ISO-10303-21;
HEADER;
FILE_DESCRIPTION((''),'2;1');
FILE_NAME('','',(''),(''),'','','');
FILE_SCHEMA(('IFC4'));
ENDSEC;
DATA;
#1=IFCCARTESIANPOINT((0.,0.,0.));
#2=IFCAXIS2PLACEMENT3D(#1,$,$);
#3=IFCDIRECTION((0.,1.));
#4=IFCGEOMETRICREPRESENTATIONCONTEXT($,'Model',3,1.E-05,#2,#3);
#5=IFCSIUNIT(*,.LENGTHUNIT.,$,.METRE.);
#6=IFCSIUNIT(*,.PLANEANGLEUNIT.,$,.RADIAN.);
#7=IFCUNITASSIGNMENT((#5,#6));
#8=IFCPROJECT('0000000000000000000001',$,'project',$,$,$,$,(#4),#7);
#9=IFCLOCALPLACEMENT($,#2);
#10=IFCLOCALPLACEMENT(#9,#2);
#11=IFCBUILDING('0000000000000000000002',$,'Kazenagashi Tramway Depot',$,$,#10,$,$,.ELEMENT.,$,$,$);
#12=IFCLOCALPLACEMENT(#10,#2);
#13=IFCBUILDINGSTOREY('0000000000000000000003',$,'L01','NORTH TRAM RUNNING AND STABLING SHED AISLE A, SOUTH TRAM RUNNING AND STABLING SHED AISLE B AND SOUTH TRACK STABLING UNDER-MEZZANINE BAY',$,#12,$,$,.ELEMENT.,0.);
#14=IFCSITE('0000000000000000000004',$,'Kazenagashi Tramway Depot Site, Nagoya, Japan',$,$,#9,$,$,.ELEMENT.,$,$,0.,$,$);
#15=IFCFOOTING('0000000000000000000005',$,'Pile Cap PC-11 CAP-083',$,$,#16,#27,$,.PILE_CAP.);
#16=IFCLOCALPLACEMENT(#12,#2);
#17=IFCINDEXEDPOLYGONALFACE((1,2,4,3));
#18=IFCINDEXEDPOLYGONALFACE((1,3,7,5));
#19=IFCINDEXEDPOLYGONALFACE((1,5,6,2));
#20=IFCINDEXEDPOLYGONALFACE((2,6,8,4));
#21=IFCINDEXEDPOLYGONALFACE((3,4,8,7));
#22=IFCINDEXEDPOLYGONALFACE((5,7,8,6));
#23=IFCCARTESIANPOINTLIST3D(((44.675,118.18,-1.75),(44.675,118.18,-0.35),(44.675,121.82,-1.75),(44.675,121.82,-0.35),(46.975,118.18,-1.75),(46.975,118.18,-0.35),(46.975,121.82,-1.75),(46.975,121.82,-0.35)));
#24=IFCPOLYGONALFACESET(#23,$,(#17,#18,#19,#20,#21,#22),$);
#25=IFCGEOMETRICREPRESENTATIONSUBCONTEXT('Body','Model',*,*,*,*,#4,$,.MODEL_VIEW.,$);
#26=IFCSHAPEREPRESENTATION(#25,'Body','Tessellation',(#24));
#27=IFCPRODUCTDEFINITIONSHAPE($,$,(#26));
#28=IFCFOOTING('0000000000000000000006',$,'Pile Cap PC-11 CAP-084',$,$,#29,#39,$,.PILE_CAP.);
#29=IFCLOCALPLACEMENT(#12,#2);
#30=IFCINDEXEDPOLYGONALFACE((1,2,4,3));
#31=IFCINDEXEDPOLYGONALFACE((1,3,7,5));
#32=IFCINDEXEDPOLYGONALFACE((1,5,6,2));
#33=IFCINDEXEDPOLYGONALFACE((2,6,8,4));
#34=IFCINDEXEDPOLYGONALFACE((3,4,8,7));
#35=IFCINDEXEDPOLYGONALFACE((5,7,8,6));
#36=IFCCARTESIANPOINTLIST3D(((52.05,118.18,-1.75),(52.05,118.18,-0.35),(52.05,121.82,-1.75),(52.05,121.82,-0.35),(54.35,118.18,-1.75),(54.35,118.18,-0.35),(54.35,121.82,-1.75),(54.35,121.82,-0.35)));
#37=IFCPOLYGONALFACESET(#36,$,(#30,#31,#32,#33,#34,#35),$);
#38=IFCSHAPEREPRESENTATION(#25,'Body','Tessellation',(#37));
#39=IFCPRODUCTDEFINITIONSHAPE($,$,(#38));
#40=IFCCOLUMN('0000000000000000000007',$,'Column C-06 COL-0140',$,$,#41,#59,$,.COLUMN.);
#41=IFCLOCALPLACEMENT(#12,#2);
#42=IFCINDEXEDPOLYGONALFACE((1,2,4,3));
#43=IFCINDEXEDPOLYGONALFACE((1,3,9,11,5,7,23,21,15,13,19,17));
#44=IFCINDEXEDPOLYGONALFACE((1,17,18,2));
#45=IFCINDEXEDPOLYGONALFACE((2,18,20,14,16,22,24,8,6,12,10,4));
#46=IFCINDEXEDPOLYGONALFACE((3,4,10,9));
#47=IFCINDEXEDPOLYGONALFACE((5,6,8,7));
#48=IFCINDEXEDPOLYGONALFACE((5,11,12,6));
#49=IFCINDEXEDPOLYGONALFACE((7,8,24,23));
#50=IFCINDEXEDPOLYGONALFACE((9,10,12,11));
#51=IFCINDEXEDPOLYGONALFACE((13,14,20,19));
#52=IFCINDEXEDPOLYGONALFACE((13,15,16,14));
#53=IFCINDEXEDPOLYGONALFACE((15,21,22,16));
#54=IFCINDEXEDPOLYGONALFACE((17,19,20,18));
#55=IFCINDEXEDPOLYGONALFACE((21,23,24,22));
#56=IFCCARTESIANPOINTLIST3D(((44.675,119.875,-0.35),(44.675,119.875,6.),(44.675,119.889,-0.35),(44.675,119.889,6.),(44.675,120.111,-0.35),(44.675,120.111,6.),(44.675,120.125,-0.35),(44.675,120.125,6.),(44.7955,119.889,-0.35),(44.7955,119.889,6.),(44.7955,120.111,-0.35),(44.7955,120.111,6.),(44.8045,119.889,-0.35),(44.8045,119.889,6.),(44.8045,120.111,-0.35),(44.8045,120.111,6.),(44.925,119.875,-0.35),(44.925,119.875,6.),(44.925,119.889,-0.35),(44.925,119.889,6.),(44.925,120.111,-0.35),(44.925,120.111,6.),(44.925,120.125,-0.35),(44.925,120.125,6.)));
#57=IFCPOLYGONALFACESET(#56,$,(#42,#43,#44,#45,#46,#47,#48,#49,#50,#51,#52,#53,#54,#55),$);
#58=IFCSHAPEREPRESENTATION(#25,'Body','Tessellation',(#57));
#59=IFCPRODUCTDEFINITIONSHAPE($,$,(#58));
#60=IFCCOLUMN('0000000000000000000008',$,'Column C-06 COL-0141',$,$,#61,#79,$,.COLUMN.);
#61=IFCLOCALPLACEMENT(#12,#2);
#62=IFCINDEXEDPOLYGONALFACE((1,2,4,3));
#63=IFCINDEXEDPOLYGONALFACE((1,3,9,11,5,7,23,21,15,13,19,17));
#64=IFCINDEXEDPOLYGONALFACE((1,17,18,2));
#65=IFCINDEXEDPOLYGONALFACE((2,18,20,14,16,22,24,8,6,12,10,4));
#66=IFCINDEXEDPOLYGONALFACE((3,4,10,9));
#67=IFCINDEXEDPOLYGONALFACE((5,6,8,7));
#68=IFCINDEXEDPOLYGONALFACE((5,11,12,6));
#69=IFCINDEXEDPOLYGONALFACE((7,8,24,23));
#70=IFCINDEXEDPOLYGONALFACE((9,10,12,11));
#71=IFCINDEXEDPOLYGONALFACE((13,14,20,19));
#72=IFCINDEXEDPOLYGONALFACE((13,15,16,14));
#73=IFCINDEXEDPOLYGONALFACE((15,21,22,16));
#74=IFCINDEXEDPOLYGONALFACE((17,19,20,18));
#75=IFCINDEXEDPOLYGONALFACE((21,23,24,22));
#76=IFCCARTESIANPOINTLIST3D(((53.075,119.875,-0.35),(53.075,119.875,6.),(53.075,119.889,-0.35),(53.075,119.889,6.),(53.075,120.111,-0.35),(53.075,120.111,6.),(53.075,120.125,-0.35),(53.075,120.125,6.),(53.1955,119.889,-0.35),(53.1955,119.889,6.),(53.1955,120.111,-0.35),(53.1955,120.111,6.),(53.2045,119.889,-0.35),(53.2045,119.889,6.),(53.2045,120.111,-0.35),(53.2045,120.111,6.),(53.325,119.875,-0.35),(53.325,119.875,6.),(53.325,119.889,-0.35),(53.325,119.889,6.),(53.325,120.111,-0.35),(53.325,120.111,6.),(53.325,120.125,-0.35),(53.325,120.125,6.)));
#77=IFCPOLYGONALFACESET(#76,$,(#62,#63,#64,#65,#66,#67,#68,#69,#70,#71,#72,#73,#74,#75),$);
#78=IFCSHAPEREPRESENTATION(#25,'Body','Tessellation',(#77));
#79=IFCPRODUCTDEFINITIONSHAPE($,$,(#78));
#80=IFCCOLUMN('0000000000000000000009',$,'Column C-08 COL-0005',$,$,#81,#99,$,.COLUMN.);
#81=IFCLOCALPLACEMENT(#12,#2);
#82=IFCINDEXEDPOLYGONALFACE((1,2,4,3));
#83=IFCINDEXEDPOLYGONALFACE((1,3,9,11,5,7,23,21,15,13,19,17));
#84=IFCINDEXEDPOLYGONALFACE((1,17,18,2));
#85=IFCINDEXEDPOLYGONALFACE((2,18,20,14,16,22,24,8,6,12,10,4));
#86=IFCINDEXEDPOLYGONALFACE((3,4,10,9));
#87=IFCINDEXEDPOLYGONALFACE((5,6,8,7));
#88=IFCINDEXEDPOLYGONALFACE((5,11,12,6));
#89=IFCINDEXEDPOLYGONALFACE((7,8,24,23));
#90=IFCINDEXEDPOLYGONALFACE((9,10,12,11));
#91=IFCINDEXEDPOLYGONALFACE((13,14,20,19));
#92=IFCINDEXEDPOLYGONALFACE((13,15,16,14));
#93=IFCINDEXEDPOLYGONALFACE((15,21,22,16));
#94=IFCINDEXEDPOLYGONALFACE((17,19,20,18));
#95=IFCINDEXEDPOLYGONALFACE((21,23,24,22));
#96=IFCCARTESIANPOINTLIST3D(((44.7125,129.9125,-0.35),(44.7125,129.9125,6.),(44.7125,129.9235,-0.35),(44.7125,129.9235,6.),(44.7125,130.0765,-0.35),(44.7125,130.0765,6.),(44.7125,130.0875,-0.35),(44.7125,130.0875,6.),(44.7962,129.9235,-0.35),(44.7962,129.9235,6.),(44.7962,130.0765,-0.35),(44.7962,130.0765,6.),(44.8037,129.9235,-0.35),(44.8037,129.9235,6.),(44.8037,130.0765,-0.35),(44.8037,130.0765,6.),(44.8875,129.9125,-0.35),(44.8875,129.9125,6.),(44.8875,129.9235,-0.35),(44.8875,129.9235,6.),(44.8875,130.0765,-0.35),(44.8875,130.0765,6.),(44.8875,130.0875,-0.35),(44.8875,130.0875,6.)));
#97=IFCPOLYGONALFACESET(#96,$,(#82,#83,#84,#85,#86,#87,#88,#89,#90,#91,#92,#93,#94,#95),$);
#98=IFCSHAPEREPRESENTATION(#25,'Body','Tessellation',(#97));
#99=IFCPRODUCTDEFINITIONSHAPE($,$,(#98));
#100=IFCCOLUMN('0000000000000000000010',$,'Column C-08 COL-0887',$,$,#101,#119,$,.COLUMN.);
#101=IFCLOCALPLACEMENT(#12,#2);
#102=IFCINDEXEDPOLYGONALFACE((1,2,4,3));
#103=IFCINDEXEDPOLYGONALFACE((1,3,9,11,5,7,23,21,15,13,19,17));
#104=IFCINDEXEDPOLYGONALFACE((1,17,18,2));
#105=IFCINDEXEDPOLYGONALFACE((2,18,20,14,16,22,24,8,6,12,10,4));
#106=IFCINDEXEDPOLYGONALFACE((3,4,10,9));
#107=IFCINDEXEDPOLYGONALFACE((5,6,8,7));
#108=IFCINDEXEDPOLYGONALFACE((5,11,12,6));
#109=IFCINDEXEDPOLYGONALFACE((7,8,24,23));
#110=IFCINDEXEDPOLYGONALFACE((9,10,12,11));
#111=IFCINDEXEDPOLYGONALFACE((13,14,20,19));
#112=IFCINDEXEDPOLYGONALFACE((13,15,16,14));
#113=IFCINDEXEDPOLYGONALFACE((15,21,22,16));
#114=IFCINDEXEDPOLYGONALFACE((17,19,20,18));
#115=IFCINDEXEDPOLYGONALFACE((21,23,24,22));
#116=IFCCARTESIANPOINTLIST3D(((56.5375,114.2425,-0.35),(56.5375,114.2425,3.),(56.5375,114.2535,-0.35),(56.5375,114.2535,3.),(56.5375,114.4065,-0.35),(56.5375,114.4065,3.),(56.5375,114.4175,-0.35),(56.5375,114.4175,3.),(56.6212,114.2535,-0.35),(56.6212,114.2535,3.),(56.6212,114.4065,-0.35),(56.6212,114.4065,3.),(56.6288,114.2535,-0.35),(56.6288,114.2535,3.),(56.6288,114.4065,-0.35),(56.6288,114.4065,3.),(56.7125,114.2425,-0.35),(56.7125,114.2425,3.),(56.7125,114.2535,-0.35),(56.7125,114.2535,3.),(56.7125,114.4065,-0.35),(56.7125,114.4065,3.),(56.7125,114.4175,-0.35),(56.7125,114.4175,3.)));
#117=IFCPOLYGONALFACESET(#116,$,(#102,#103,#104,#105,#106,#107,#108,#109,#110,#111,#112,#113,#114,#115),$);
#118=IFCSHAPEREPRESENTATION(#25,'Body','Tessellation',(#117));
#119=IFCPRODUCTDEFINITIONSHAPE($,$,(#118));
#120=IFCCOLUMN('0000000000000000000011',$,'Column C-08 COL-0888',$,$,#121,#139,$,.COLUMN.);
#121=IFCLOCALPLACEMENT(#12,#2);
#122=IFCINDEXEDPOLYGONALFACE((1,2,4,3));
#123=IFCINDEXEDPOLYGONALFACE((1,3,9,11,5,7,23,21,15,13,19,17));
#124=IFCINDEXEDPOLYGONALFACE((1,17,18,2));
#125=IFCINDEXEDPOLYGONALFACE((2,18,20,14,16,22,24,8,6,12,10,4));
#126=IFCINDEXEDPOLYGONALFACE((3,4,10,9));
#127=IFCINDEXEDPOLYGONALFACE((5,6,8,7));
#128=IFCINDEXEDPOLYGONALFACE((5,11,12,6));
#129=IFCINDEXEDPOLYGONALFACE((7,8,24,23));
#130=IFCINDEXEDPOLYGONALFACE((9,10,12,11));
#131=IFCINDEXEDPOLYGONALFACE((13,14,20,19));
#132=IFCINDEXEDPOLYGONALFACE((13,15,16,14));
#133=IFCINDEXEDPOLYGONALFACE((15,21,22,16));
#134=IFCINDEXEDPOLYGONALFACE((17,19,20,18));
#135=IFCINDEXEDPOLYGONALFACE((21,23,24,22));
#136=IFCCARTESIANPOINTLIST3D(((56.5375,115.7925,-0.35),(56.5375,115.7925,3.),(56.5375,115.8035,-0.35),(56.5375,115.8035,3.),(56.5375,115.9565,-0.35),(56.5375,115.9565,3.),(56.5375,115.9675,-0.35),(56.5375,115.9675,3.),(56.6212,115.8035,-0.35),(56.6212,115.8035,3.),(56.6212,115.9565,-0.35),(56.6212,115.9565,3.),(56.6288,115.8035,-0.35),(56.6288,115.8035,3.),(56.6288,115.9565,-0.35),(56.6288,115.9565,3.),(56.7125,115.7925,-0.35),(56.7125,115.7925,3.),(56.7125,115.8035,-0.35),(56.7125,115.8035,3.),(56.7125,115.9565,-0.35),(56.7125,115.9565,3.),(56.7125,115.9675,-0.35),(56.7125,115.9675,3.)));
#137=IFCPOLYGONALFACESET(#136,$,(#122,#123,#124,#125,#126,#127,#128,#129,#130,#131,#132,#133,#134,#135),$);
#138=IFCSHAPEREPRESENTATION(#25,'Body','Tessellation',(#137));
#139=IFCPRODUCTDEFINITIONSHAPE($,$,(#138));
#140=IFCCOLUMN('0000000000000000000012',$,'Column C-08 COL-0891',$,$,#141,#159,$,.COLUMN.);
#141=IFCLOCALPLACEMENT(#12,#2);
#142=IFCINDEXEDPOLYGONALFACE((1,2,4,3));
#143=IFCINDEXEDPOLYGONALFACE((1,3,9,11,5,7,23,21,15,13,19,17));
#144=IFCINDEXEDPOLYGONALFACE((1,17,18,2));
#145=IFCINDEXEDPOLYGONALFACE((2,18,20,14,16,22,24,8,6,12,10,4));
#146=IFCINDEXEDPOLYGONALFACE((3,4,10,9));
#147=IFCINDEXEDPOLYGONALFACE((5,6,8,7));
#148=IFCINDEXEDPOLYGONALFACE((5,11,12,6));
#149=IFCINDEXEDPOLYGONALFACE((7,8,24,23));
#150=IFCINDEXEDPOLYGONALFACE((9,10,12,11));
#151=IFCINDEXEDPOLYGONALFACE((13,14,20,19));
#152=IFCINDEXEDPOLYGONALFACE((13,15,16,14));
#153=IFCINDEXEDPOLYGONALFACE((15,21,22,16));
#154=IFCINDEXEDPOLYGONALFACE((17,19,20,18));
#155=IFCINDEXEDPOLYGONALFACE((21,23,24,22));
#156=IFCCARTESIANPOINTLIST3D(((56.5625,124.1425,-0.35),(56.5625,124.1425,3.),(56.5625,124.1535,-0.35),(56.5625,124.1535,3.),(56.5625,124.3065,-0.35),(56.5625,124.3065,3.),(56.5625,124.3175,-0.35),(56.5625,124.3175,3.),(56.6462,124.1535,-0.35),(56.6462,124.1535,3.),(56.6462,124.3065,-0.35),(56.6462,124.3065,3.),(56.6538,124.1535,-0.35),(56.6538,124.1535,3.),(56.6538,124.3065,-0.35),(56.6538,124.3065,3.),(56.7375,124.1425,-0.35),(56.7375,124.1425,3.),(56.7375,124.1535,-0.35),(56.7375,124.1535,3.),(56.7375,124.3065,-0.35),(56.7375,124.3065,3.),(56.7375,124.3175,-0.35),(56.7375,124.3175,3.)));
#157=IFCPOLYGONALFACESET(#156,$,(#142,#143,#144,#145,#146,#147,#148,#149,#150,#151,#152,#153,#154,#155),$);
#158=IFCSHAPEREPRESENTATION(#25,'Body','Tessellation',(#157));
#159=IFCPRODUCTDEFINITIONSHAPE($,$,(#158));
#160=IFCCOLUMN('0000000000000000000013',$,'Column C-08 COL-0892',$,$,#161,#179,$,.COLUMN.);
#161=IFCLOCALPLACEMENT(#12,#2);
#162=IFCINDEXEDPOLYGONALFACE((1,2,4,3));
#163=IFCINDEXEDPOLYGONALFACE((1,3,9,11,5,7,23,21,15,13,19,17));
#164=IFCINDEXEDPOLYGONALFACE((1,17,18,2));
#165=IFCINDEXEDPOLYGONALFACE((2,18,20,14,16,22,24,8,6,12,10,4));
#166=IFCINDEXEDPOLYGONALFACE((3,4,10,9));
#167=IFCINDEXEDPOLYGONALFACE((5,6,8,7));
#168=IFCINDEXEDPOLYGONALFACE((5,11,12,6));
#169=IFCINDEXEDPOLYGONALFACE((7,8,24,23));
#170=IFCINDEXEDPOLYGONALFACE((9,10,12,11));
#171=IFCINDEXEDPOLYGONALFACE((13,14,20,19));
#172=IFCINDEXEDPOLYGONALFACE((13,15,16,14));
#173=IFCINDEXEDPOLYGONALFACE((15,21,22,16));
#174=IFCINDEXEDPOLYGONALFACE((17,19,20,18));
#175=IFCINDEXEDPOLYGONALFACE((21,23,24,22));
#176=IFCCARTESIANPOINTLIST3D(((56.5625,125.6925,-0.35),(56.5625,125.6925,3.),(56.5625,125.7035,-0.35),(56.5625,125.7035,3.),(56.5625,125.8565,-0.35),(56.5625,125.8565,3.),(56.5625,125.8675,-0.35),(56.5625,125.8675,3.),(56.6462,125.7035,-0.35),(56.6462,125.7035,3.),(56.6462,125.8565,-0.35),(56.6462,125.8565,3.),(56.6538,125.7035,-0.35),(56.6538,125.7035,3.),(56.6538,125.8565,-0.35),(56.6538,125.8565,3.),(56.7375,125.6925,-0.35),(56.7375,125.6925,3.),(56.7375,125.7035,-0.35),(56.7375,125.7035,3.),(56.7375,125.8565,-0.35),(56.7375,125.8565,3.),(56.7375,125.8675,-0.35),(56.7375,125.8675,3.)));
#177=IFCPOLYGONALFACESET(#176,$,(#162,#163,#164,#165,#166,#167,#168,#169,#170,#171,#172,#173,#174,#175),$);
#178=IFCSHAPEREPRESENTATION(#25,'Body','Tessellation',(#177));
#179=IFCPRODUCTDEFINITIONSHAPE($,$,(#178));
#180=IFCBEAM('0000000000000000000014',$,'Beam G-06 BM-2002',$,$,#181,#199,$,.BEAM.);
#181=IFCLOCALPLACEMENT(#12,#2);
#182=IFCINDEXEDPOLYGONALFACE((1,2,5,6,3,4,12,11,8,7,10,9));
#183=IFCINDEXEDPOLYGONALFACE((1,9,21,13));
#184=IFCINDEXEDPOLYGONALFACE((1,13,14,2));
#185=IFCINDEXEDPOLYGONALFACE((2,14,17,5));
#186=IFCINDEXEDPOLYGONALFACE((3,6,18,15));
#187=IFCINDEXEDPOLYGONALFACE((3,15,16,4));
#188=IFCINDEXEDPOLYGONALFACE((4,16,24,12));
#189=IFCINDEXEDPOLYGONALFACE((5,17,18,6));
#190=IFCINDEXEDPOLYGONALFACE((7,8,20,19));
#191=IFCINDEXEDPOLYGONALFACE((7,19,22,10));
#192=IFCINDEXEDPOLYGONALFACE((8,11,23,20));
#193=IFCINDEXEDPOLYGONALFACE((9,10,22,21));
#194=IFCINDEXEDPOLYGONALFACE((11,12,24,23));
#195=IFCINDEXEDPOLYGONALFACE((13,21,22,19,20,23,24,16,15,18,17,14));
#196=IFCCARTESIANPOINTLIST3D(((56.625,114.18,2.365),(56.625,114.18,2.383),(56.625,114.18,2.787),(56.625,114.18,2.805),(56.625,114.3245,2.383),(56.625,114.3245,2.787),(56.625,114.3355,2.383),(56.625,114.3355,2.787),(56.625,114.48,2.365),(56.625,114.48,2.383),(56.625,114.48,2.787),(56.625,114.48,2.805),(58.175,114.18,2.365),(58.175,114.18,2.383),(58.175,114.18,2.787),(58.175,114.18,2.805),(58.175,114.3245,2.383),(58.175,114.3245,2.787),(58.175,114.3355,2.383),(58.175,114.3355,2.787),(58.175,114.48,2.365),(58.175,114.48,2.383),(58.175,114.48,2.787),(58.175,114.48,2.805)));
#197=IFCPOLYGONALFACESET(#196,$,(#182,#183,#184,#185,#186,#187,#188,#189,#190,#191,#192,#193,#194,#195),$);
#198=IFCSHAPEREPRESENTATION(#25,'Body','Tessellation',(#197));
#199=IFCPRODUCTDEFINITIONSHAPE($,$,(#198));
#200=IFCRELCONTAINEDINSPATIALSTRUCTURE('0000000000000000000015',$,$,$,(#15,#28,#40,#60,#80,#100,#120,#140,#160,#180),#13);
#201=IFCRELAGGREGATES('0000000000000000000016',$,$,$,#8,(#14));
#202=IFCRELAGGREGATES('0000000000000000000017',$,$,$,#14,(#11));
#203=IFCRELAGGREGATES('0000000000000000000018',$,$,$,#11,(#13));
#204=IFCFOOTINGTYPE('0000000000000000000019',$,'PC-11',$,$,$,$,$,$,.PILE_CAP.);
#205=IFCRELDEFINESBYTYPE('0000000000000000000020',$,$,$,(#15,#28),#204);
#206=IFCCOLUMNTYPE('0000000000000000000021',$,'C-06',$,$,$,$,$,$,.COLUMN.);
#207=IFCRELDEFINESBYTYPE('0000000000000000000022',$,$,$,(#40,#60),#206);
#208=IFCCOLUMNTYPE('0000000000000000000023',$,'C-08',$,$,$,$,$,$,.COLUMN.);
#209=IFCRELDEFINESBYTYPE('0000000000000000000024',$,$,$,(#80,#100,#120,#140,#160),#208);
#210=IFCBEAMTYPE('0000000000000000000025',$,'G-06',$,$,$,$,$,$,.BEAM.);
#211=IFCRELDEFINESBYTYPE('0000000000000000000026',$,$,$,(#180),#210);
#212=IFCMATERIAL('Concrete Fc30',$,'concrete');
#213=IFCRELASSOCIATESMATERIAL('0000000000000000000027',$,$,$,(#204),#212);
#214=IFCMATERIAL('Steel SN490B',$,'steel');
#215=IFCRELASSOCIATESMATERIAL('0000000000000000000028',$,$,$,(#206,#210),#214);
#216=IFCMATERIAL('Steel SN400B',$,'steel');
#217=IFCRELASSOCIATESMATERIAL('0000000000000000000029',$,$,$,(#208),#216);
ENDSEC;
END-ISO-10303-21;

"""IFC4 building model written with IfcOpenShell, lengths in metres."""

from ifc_helpers import new_model, si_unit, direction, frame, origin, origin_2d, place, context, subcontext, project, spatial, rectangle, i_section, extrude, material, material_profile, profile_set, type_object, element, save


model = new_model("IFC4")

# Units and contexts
model_context = context("Model", 3, precision=1e-05, world=origin(), true_north=direction((0.0, 1.0)))
body_context = subcontext(model_context, "Body", "Model", "MODEL_VIEW")
ifc_project = project(units=[si_unit("LENGTHUNIT", "METRE"), si_unit("PLANEANGLEUNIT", "RADIAN")], contexts=[model_context])

# Site, building, storey
site_placement = place(None, origin())
site = spatial("IfcSite", under=ifc_project, at=site_placement, Name="Kazenagashi Tramway Depot Site, Nagoya, Japan", CompositionType="ELEMENT", RefElevation=0.0)
building_placement = place(site_placement, origin())
building = spatial("IfcBuilding", under=site, at=building_placement, Name="Kazenagashi Tramway Depot", CompositionType="ELEMENT")
storey_placement = place(building_placement, origin())
storey = spatial("IfcBuildingStorey", under=building, at=storey_placement, Name="L01", Description="NORTH TRAM RUNNING AND STABLING SHED AISLE A, SOUTH TRAM RUNNING AND STABLING SHED AISLE B AND SOUTH TRACK STABLING UNDER-MEZZANINE BAY", CompositionType="ELEMENT", Elevation=0.0)

# Shared definitions
ifc_material_1 = material(Name="Concrete Fc30", Category="concrete")

# Footings
footing_type_1 = type_object("IfcFootingType", Name="PC-11", PredefinedType="PILE_CAP", material=ifc_material_1)
for number, where, z_axis, x_axis, name in (
    (1, (45.825, 120.0, -1.75), (0.0, 0.0, 1.0), (1.0, 0.0, 0.0), "Pile Cap PC-11 CAP-083"),
    (2, (53.2, 120.0, -1.75), (0.0, 0.0, 1.0), (1.0, 0.0, 0.0), "Pile Cap PC-11 CAP-084"),
):
    element("IfcFooting", number, at=place(storey_placement, frame(where, z_axis=z_axis, x_axis=x_axis)), inside=storey, type_object=footing_type_1, Name=name, PredefinedType="PILE_CAP", context=body_context, shape_type="SweptSolid", body=[
        extrude(rectangle(XDim=2.3, YDim=3.64, at=origin_2d()), origin(), (0.0, 0.0, 1.0), 1.4),
    ])

# Columns
ifc_material_2 = material(Name="Steel SN490B", Category="steel")
ifc_material_profile_1 = material_profile(ifc_material_2, i_section(OverallWidth=0.25, OverallDepth=0.25, WebThickness=0.009, FlangeThickness=0.014, at=origin_2d()), Name="H-250x250x9x14")
ifc_profile_set_1 = profile_set([ifc_material_profile_1], Name="Steel SN490B")
column_type_1 = type_object("IfcColumnType", Name="C-06", PredefinedType="COLUMN", material=ifc_profile_set_1)
for number, where, z_axis, x_axis, name in (
    (3, (44.8, 120.0, -0.35), (0.0, 0.0, 1.0), (1.0, 0.0, 0.0), "Column C-06 COL-0140"),
    (4, (53.2, 120.0, -0.35), (0.0, 0.0, 1.0), (1.0, 0.0, 0.0), "Column C-06 COL-0141"),
):
    element("IfcColumn", number, at=place(storey_placement, frame(where, z_axis=z_axis, x_axis=x_axis)), inside=storey, type_object=column_type_1, Name=name, PredefinedType="COLUMN", context=body_context, shape_type="SweptSolid", body=[
        extrude(i_section(OverallWidth=0.25, OverallDepth=0.25, WebThickness=0.009, FlangeThickness=0.014, at=origin_2d()), origin(), (0.0, 0.0, 1.0), 6.35),
    ])
ifc_material_3 = material(Name="Steel SN400B", Category="steel")
ifc_material_profile_2 = material_profile(ifc_material_3, i_section(OverallWidth=0.175, OverallDepth=0.175, WebThickness=0.0075, FlangeThickness=0.011, at=origin_2d()), Name="H-175x175x7.5x11")
ifc_profile_set_2 = profile_set([ifc_material_profile_2], Name="Steel SN400B")
column_type_2 = type_object("IfcColumnType", Name="C-08", PredefinedType="COLUMN", material=ifc_profile_set_2)
column_placement = place(storey_placement, frame((44.8, 130.0, -0.35), z_axis=(0.0, 0.0, 1.0), x_axis=(1.0, 0.0, 0.0)))
element("IfcColumn", 5, at=column_placement, inside=storey, type_object=column_type_2, Name="Column C-08 COL-0005", PredefinedType="COLUMN", context=body_context, shape_type="SweptSolid", body=[
    extrude(i_section(OverallWidth=0.175, OverallDepth=0.175, WebThickness=0.0075, FlangeThickness=0.011, at=origin_2d()), origin(), (0.0, 0.0, 1.0), 6.35),
])
for number, where, z_axis, x_axis, name in (
    (6, (56.625, 114.33, -0.35), (0.0, 0.0, 1.0), (1.0, 0.0, 0.0), "Column C-08 COL-0887"),
    (7, (56.625, 115.88, -0.35), (0.0, 0.0, 1.0), (1.0, 0.0, 0.0), "Column C-08 COL-0888"),
    (8, (56.65, 124.23, -0.35), (0.0, 0.0, 1.0), (1.0, 0.0, 0.0), "Column C-08 COL-0891"),
    (9, (56.65, 125.78, -0.35), (0.0, 0.0, 1.0), (1.0, 0.0, 0.0), "Column C-08 COL-0892"),
):
    element("IfcColumn", number, at=place(storey_placement, frame(where, z_axis=z_axis, x_axis=x_axis)), inside=storey, type_object=column_type_2, Name=name, PredefinedType="COLUMN", context=body_context, shape_type="SweptSolid", body=[
        extrude(i_section(OverallWidth=0.175, OverallDepth=0.175, WebThickness=0.0075, FlangeThickness=0.011, at=origin_2d()), origin(), (0.0, 0.0, 1.0), 3.35),
    ])

# Beam
ifc_material_profile_3 = material_profile(ifc_material_2, i_section(OverallWidth=0.3, OverallDepth=0.44, WebThickness=0.011, FlangeThickness=0.018, at=origin_2d()), Name="H-440x300x11x18")
ifc_profile_set_3 = profile_set([ifc_material_profile_3], Name="Steel SN490B")
beam_type = type_object("IfcBeamType", Name="G-06", PredefinedType="BEAM", material=ifc_profile_set_3)
for number, where, z_axis, x_axis, name in (
    (10, (56.625, 114.33, 2.585), (1.0, 0.0, 0.0), (0.0, 1.0, 0.0), "Beam G-06 BM-2002"),
):
    element("IfcBeam", number, at=place(storey_placement, frame(where, z_axis=z_axis, x_axis=x_axis)), inside=storey, type_object=beam_type, Name=name, PredefinedType="BEAM", context=body_context, shape_type="SweptSolid", body=[
        extrude(i_section(OverallWidth=0.3, OverallDepth=0.44, WebThickness=0.011, FlangeThickness=0.018, at=origin_2d()), origin(), (0.0, 0.0, 1.0), 1.55),
    ])

save(model, "model.ifc")
